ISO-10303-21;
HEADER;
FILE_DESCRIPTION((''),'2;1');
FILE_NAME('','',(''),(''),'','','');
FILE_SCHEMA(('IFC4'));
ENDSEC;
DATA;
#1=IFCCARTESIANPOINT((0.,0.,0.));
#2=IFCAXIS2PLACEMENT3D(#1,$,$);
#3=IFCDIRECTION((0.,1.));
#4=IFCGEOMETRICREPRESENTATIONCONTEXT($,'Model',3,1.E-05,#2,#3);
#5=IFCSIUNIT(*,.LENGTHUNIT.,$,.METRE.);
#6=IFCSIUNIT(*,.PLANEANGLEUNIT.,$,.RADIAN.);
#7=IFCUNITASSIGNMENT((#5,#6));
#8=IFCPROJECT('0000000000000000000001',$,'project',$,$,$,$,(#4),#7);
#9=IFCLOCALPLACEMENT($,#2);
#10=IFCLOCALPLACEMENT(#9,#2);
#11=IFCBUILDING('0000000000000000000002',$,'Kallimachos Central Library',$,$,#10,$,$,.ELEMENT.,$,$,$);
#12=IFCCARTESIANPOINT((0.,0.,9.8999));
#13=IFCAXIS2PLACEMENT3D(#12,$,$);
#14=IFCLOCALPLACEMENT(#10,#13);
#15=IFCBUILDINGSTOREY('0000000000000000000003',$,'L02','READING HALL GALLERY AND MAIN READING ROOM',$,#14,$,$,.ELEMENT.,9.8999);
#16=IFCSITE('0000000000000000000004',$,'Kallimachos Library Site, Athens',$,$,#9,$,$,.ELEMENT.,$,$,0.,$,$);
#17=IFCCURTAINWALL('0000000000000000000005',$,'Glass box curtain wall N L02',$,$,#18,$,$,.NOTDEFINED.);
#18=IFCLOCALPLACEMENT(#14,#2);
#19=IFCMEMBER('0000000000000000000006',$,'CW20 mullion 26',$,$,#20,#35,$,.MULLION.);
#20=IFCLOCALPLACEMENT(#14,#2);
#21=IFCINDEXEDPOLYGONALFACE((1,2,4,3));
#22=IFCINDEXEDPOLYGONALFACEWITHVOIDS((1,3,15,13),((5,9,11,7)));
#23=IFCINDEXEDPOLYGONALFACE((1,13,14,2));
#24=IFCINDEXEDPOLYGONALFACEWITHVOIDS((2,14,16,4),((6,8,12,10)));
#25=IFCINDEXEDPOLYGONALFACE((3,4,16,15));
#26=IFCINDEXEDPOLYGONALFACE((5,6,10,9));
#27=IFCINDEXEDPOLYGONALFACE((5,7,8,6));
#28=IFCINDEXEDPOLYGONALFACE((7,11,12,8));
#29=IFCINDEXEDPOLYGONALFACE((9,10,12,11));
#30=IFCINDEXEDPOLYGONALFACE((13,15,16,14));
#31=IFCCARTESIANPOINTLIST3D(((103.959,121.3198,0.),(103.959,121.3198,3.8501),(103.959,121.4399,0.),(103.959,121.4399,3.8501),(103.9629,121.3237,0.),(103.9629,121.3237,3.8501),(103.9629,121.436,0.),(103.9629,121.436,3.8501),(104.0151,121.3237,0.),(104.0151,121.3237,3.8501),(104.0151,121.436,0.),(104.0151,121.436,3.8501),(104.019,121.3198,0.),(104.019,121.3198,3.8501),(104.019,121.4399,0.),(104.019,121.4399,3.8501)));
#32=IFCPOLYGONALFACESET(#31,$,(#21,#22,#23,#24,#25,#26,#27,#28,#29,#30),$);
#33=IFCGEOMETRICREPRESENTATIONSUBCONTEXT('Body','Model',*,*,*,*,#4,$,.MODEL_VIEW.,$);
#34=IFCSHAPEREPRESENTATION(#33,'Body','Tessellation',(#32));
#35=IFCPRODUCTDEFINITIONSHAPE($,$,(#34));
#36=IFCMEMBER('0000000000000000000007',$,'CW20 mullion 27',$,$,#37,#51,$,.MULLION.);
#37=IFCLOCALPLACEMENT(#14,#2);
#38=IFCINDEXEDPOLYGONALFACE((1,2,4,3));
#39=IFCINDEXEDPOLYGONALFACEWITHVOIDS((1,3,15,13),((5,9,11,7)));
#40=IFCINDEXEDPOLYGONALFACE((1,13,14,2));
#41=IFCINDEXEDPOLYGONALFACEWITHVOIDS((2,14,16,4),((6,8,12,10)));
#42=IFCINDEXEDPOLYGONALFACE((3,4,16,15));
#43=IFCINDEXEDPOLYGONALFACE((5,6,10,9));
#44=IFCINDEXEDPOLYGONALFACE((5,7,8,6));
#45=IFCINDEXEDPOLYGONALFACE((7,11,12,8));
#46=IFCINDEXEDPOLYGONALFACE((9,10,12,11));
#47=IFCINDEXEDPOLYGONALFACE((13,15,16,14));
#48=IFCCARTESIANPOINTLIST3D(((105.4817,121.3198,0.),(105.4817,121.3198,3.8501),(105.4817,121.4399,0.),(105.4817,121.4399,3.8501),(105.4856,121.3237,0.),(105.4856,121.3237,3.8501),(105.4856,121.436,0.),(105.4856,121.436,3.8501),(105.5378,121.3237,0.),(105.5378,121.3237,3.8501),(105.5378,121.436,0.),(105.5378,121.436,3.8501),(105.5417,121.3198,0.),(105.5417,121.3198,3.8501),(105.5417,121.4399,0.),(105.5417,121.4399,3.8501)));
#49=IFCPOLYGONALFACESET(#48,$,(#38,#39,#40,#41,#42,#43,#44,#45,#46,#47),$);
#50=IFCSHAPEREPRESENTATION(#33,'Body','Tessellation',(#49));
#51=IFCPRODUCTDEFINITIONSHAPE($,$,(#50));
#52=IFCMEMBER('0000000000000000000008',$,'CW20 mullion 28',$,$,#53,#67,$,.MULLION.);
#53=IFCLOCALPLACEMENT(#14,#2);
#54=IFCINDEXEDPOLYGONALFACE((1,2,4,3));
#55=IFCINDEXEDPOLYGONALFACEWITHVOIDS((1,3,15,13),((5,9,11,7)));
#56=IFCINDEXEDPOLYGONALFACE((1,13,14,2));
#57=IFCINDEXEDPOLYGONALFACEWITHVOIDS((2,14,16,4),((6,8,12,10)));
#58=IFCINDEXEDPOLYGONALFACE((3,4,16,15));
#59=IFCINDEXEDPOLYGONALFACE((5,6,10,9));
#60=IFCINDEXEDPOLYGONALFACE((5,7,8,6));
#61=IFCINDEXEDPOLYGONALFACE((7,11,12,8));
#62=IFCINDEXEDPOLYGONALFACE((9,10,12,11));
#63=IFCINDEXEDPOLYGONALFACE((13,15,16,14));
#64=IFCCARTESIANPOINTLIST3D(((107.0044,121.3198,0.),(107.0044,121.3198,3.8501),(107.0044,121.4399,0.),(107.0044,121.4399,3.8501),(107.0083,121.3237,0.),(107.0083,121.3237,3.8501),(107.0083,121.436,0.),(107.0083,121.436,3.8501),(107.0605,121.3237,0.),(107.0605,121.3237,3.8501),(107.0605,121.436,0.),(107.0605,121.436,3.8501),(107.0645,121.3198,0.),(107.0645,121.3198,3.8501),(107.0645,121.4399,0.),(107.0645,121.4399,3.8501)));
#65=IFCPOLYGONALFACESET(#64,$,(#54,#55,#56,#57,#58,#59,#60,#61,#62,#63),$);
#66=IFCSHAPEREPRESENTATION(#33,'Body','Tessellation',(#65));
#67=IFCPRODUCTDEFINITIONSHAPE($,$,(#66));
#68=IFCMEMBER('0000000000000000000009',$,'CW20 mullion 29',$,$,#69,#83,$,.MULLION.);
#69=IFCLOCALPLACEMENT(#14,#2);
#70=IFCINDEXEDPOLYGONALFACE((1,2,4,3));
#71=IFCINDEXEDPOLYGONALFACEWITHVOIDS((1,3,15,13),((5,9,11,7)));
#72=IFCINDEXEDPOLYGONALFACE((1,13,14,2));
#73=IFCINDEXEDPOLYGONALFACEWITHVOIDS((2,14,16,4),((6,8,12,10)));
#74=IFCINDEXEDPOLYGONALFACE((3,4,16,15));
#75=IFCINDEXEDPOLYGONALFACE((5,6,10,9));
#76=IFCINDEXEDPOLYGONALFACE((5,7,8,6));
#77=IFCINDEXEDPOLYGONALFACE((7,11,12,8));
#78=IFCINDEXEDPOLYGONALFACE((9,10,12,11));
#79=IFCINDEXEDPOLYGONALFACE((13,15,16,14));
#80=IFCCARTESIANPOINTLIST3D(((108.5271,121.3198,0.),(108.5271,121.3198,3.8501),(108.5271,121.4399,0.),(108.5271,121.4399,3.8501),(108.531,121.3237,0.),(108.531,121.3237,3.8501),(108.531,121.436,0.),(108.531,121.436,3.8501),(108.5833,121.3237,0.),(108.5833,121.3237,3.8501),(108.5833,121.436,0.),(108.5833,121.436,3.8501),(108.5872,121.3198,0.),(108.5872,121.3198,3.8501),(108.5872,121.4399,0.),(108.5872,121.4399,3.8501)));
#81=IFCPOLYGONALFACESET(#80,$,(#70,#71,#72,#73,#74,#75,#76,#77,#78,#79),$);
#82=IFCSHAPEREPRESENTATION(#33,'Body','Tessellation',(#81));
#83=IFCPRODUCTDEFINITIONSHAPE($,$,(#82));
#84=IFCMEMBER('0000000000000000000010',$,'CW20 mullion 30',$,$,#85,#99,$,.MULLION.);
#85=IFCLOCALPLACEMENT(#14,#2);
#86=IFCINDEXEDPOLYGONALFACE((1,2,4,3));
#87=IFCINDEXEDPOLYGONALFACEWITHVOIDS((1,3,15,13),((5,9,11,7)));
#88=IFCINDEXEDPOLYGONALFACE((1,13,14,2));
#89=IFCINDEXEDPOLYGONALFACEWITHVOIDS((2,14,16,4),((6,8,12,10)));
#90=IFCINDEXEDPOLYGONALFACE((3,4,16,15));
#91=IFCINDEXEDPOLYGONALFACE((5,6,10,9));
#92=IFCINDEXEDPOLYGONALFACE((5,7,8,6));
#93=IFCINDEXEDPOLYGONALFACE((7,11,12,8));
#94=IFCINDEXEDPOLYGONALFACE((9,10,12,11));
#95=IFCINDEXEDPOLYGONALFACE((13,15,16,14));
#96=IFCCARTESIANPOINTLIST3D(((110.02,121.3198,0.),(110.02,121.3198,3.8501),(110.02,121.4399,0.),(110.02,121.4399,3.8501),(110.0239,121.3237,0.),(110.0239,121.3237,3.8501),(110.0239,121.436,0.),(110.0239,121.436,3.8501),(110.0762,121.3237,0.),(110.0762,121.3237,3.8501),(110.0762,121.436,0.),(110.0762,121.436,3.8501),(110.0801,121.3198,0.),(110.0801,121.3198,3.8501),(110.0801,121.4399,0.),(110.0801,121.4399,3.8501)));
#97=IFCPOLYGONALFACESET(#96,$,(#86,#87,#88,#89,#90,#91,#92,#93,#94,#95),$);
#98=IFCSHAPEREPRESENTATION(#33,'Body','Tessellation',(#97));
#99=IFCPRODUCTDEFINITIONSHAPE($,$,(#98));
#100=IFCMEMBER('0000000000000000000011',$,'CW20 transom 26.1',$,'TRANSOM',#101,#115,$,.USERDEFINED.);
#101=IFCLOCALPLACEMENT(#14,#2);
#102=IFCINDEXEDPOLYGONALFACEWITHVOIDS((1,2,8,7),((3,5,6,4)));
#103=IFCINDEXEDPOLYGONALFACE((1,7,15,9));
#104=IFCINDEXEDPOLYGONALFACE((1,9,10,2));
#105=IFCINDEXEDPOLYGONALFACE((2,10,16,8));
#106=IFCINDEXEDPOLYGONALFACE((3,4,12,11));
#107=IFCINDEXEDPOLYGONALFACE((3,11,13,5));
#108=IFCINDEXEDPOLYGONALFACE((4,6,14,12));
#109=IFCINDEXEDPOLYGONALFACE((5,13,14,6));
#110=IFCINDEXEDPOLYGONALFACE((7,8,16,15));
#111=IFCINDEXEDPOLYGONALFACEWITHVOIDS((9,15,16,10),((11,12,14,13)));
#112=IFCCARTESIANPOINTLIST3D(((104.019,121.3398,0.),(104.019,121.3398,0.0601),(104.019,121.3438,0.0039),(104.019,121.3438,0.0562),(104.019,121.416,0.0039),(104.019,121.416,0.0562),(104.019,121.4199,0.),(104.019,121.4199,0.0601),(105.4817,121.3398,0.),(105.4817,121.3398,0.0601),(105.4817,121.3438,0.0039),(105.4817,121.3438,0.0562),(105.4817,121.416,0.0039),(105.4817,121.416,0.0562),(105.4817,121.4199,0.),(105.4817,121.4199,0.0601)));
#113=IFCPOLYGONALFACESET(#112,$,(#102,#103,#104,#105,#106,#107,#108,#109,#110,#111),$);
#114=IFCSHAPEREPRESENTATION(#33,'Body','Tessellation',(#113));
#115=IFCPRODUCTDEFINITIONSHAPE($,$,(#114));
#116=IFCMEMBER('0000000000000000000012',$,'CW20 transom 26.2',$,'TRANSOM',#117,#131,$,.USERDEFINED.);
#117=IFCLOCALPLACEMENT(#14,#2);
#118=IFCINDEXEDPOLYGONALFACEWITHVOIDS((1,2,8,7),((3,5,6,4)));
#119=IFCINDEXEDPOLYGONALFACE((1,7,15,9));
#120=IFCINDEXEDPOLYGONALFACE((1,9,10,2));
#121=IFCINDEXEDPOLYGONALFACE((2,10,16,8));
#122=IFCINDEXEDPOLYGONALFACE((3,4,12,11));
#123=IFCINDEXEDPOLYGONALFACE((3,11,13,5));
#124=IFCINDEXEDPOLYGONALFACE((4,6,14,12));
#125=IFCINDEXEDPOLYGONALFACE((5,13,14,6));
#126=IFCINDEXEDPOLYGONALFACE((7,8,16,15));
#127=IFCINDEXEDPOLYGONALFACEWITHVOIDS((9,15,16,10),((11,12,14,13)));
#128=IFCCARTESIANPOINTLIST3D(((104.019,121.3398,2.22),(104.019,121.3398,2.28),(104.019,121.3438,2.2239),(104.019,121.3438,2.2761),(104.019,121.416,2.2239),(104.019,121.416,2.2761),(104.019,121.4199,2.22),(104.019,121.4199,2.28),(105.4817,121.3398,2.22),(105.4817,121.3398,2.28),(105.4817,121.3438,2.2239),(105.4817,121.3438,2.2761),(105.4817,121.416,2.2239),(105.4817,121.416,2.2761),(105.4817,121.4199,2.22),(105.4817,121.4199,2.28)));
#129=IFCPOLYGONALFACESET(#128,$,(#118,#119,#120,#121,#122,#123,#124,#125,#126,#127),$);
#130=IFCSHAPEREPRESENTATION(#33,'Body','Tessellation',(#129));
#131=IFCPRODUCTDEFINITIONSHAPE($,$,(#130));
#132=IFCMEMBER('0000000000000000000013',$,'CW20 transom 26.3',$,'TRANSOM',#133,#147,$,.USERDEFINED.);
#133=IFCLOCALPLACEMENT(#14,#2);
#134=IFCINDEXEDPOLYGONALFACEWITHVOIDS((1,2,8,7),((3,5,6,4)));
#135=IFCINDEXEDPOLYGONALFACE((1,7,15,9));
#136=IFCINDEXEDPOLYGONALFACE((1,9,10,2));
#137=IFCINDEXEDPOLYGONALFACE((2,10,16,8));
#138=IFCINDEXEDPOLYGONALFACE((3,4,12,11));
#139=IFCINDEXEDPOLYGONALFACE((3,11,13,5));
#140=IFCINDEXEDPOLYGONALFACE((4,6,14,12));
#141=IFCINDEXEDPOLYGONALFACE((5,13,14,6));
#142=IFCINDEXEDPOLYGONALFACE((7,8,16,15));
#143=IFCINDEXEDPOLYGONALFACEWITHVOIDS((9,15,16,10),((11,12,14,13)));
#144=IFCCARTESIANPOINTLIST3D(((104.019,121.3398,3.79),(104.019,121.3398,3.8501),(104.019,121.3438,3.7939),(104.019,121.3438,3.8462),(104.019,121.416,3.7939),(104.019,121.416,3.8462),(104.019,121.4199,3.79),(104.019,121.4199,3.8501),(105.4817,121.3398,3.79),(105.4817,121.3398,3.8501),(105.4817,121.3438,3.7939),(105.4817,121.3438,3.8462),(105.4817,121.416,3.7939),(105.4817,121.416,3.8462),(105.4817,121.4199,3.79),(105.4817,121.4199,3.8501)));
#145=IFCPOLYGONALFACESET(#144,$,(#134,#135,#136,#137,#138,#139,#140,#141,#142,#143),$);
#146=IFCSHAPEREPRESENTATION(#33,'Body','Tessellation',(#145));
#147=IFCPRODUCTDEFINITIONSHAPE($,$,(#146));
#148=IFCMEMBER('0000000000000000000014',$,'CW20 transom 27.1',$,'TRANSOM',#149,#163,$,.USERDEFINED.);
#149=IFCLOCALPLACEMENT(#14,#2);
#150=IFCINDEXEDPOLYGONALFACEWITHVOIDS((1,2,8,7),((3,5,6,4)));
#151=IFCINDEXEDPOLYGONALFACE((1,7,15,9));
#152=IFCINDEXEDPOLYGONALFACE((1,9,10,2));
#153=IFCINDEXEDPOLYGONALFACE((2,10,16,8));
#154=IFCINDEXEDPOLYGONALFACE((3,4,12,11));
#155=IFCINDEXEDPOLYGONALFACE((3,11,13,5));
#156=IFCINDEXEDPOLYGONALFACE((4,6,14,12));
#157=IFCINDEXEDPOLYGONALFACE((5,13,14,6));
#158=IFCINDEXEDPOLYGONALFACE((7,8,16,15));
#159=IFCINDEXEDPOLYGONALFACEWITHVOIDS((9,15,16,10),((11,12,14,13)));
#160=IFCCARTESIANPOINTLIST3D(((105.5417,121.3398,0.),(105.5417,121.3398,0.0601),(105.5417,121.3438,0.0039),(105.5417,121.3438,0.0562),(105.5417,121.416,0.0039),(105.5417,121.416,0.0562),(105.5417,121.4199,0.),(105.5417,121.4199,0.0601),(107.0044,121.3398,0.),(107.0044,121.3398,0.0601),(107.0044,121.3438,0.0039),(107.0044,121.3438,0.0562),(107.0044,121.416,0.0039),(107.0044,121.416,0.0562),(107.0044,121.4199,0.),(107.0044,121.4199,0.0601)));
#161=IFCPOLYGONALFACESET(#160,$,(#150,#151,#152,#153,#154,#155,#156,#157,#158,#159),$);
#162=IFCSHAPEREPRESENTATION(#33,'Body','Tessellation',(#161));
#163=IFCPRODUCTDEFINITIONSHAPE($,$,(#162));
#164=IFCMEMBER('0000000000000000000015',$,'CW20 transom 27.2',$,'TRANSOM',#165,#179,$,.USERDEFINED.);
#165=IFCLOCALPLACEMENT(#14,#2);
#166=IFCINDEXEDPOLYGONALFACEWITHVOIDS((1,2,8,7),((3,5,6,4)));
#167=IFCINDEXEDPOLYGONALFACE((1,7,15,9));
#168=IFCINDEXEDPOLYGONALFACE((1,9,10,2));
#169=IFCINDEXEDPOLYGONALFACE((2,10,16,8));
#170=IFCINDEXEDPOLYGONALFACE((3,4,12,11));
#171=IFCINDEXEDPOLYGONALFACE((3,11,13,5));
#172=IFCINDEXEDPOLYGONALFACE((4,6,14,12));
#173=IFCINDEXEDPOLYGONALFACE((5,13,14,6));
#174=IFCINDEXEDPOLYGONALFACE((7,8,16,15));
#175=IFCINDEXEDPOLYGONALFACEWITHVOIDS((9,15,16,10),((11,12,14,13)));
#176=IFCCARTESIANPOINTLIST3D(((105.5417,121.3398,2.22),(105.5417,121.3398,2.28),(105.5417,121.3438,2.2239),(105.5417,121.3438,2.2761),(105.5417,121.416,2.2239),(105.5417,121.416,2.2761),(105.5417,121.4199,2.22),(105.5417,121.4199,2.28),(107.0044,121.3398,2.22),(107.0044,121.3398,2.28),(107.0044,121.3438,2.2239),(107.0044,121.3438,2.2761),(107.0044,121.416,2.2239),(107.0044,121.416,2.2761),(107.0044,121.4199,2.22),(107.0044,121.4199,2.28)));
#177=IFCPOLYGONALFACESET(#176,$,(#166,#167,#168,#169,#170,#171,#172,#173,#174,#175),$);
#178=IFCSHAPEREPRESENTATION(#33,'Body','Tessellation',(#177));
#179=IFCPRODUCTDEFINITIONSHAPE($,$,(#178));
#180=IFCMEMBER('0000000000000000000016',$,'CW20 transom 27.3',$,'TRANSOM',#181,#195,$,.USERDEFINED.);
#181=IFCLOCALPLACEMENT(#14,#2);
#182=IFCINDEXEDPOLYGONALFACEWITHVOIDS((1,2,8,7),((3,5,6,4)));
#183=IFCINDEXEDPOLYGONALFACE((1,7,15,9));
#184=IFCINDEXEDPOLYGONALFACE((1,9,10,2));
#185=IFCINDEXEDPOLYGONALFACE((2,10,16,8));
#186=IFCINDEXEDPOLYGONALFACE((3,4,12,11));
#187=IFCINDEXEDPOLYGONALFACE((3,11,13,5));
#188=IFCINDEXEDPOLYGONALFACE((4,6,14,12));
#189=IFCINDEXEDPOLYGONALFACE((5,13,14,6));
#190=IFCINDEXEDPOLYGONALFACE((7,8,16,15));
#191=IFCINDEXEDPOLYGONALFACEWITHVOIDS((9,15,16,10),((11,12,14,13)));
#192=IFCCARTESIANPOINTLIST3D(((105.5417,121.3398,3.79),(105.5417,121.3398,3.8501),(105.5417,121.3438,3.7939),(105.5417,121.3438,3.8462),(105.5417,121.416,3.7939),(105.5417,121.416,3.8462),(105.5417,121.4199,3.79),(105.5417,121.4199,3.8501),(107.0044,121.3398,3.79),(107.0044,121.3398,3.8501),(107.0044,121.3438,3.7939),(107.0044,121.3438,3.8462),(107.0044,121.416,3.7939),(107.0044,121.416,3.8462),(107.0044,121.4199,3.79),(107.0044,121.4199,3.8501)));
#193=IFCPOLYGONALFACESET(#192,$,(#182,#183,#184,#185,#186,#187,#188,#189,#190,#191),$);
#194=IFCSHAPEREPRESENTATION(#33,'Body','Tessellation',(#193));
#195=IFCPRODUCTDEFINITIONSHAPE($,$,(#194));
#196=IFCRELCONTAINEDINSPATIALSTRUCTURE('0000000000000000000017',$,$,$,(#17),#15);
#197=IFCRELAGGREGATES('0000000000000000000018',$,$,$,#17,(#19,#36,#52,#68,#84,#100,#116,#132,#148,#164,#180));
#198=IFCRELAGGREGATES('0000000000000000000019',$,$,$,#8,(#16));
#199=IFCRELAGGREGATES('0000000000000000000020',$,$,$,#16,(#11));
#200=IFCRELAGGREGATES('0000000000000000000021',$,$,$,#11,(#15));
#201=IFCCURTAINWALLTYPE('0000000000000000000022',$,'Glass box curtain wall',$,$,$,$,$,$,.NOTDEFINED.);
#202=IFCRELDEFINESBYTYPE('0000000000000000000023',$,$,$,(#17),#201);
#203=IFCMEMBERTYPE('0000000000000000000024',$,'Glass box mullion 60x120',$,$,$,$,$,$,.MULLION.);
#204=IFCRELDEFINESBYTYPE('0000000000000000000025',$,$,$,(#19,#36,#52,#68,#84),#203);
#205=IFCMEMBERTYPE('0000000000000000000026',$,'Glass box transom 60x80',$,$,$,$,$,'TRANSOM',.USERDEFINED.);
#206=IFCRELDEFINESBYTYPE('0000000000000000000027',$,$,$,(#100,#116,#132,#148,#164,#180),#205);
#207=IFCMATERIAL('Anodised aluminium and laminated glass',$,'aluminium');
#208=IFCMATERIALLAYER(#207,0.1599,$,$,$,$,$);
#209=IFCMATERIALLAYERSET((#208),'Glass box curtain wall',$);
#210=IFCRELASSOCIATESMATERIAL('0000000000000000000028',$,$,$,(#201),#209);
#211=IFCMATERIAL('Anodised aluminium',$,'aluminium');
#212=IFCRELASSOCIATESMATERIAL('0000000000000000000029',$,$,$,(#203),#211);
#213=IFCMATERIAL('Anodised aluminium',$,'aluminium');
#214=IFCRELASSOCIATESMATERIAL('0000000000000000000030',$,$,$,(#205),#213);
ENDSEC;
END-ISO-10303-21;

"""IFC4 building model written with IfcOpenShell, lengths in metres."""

from ifc_helpers import new_model, si_unit, direction, frame, origin, origin_2d, place, context, subcontext, project, spatial, hollow_rectangle, extrude, material, layer, layer_set, material_profile, profile_set, type_object, element, aggregate, save


model = new_model("IFC4")

# Units and contexts
model_context = context("Model", 3, precision=1e-05, world=origin(), true_north=direction((0.0, 1.0)))
body_context = subcontext(model_context, "Body", "Model", "MODEL_VIEW")
ifc_project = project(units=[si_unit("LENGTHUNIT", "METRE"), si_unit("PLANEANGLEUNIT", "RADIAN")], contexts=[model_context])

# Site, building, storey
site_placement = place(None, origin())
site = spatial("IfcSite", under=ifc_project, at=site_placement, Name="Kallimachos Library Site, Athens", CompositionType="ELEMENT", RefElevation=0.0)
building_placement = place(site_placement, origin())
building = spatial("IfcBuilding", under=site, at=building_placement, Name="Kallimachos Central Library", CompositionType="ELEMENT")
storey_placement = place(building_placement, frame((0.0, 0.0, 9.8999)))
storey = spatial("IfcBuildingStorey", under=building, at=storey_placement, Name="L02", Description="READING HALL GALLERY AND MAIN READING ROOM", CompositionType="ELEMENT", Elevation=9.8999)

# Curtain wall, members
ifc_material_1 = material(Name="Anodised aluminium and laminated glass", Category="aluminium")
ifc_layer_1 = layer(ifc_material_1, 0.1599)
ifc_layer_set_1 = layer_set([ifc_layer_1], Name="Glass box curtain wall")
curtain_wall_type = type_object("IfcCurtainWallType", Name="Glass box curtain wall", PredefinedType="NOTDEFINED", material=ifc_layer_set_1)
curtain_wall_placement = place(storey_placement, origin())
curtain_wall = element("IfcCurtainWall", 1, at=curtain_wall_placement, inside=storey, type_object=curtain_wall_type, Name="Glass box curtain wall N L02", PredefinedType="NOTDEFINED")
ifc_material_2 = material(Name="Anodised aluminium", Category="aluminium")
ifc_material_profile_1 = material_profile(ifc_material_2, hollow_rectangle(XDim=0.0601, YDim=0.1201, WallThickness=0.0039, at=origin_2d()), Name="ALU MULLION 60x120")
ifc_profile_set_1 = profile_set([ifc_material_profile_1], Name="Anodised aluminium")
member_type_1 = type_object("IfcMemberType", Name="Glass box mullion 60x120", PredefinedType="MULLION", material=ifc_profile_set_1)
member_1_placement = place(storey_placement, frame((103.989, 121.3799, 0.0), z_axis=(0.0, 0.0, 1.0), x_axis=(1.0, 0.0, 0.0)))
member_1 = element("IfcMember", 2, at=member_1_placement, type_object=member_type_1, Name="CW20 mullion 26", PredefinedType="MULLION", context=body_context, shape_type="SweptSolid", body=[
    extrude(hollow_rectangle(XDim=0.0601, YDim=0.1201, WallThickness=0.0039, at=origin_2d()), origin(), (0.0, 0.0, 1.0), 3.8501),
])
member_2_placement = place(storey_placement, frame((105.5117, 121.3799, 0.0), z_axis=(0.0, 0.0, 1.0), x_axis=(1.0, 0.0, 0.0)))
member_2 = element("IfcMember", 3, at=member_2_placement, type_object=member_type_1, Name="CW20 mullion 27", PredefinedType="MULLION", context=body_context, shape_type="SweptSolid", body=[
    extrude(hollow_rectangle(XDim=0.0601, YDim=0.1201, WallThickness=0.0039, at=origin_2d()), origin(), (0.0, 0.0, 1.0), 3.8501),
])
member_3_placement = place(storey_placement, frame((107.0344, 121.3799, 0.0), z_axis=(0.0, 0.0, 1.0), x_axis=(1.0, 0.0, 0.0)))
member_3 = element("IfcMember", 4, at=member_3_placement, type_object=member_type_1, Name="CW20 mullion 28", PredefinedType="MULLION", context=body_context, shape_type="SweptSolid", body=[
    extrude(hollow_rectangle(XDim=0.0601, YDim=0.1201, WallThickness=0.0039, at=origin_2d()), origin(), (0.0, 0.0, 1.0), 3.8501),
])
member_4_placement = place(storey_placement, frame((108.5571, 121.3799, 0.0), z_axis=(0.0, 0.0, 1.0), x_axis=(1.0, 0.0, 0.0)))
member_4 = element("IfcMember", 5, at=member_4_placement, type_object=member_type_1, Name="CW20 mullion 29", PredefinedType="MULLION", context=body_context, shape_type="SweptSolid", body=[
    extrude(hollow_rectangle(XDim=0.0601, YDim=0.1201, WallThickness=0.0039, at=origin_2d()), origin(), (0.0, 0.0, 1.0), 3.8501),
])
member_5_placement = place(storey_placement, frame((110.05, 121.3799, 0.0), z_axis=(0.0, 0.0, 1.0), x_axis=(1.0, 0.0, 0.0)))
member_5 = element("IfcMember", 6, at=member_5_placement, type_object=member_type_1, Name="CW20 mullion 30", PredefinedType="MULLION", context=body_context, shape_type="SweptSolid", body=[
    extrude(hollow_rectangle(XDim=0.0601, YDim=0.1201, WallThickness=0.0039, at=origin_2d()), origin(), (0.0, 0.0, 1.0), 3.8501),
])
ifc_material_3 = material(Name="Anodised aluminium", Category="aluminium")
ifc_material_profile_2 = material_profile(ifc_material_3, hollow_rectangle(XDim=0.0601, YDim=0.0801, WallThickness=0.0039, at=origin_2d()), Name="ALU TRANSOM 60x80")
ifc_profile_set_2 = profile_set([ifc_material_profile_2], Name="Anodised aluminium")
member_type_2 = type_object("IfcMemberType", Name="Glass box transom 60x80", ElementType="TRANSOM", PredefinedType="USERDEFINED", material=ifc_profile_set_2)
member_6_placement = place(storey_placement, frame((104.019, 121.3799, 0.03), z_axis=(1.0, 0.0, 0.0), x_axis=(0.0, 0.0, 1.0)))
member_6 = element("IfcMember", 7, at=member_6_placement, type_object=member_type_2, Name="CW20 transom 26.1", ObjectType="TRANSOM", PredefinedType="USERDEFINED", context=body_context, shape_type="SweptSolid", body=[
    extrude(hollow_rectangle(XDim=0.0601, YDim=0.0801, WallThickness=0.0039, at=origin_2d()), origin(), (0.0, 0.0, 1.0), 1.4626),
])
member_7_placement = place(storey_placement, frame((104.019, 121.3799, 2.25), z_axis=(1.0, 0.0, 0.0), x_axis=(0.0, 0.0, 1.0)))
member_7 = element("IfcMember", 8, at=member_7_placement, type_object=member_type_2, Name="CW20 transom 26.2", ObjectType="TRANSOM", PredefinedType="USERDEFINED", context=body_context, shape_type="SweptSolid", body=[
    extrude(hollow_rectangle(XDim=0.0601, YDim=0.0801, WallThickness=0.0039, at=origin_2d()), origin(), (0.0, 0.0, 1.0), 1.4626),
])
member_8_placement = place(storey_placement, frame((104.019, 121.3799, 3.8201), z_axis=(1.0, 0.0, 0.0), x_axis=(0.0, 0.0, 1.0)))
member_8 = element("IfcMember", 9, at=member_8_placement, type_object=member_type_2, Name="CW20 transom 26.3", ObjectType="TRANSOM", PredefinedType="USERDEFINED", context=body_context, shape_type="SweptSolid", body=[
    extrude(hollow_rectangle(XDim=0.0601, YDim=0.0801, WallThickness=0.0039, at=origin_2d()), origin(), (0.0, 0.0, 1.0), 1.4626),
])
member_9_placement = place(storey_placement, frame((105.5417, 121.3799, 0.03), z_axis=(1.0, 0.0, 0.0), x_axis=(0.0, 0.0, 1.0)))
member_9 = element("IfcMember", 10, at=member_9_placement, type_object=member_type_2, Name="CW20 transom 27.1", ObjectType="TRANSOM", PredefinedType="USERDEFINED", context=body_context, shape_type="SweptSolid", body=[
    extrude(hollow_rectangle(XDim=0.0601, YDim=0.0801, WallThickness=0.0039, at=origin_2d()), origin(), (0.0, 0.0, 1.0), 1.4626),
])
member_10_placement = place(storey_placement, frame((105.5417, 121.3799, 2.25), z_axis=(1.0, 0.0, 0.0), x_axis=(0.0, 0.0, 1.0)))
member_10 = element("IfcMember", 11, at=member_10_placement, type_object=member_type_2, Name="CW20 transom 27.2", ObjectType="TRANSOM", PredefinedType="USERDEFINED", context=body_context, shape_type="SweptSolid", body=[
    extrude(hollow_rectangle(XDim=0.0601, YDim=0.0801, WallThickness=0.0039, at=origin_2d()), origin(), (0.0, 0.0, 1.0), 1.4626),
])
member_11_placement = place(storey_placement, frame((105.5417, 121.3799, 3.8201), z_axis=(1.0, 0.0, 0.0), x_axis=(0.0, 0.0, 1.0)))
member_11 = element("IfcMember", 12, at=member_11_placement, type_object=member_type_2, Name="CW20 transom 27.3", ObjectType="TRANSOM", PredefinedType="USERDEFINED", context=body_context, shape_type="SweptSolid", body=[
    extrude(hollow_rectangle(XDim=0.0601, YDim=0.0801, WallThickness=0.0039, at=origin_2d()), origin(), (0.0, 0.0, 1.0), 1.4626),
])
aggregate(curtain_wall, [member_1, member_2, member_3, member_4, member_5, member_6, member_7, member_8, member_9, member_10, member_11])

save(model, "model.ifc")
